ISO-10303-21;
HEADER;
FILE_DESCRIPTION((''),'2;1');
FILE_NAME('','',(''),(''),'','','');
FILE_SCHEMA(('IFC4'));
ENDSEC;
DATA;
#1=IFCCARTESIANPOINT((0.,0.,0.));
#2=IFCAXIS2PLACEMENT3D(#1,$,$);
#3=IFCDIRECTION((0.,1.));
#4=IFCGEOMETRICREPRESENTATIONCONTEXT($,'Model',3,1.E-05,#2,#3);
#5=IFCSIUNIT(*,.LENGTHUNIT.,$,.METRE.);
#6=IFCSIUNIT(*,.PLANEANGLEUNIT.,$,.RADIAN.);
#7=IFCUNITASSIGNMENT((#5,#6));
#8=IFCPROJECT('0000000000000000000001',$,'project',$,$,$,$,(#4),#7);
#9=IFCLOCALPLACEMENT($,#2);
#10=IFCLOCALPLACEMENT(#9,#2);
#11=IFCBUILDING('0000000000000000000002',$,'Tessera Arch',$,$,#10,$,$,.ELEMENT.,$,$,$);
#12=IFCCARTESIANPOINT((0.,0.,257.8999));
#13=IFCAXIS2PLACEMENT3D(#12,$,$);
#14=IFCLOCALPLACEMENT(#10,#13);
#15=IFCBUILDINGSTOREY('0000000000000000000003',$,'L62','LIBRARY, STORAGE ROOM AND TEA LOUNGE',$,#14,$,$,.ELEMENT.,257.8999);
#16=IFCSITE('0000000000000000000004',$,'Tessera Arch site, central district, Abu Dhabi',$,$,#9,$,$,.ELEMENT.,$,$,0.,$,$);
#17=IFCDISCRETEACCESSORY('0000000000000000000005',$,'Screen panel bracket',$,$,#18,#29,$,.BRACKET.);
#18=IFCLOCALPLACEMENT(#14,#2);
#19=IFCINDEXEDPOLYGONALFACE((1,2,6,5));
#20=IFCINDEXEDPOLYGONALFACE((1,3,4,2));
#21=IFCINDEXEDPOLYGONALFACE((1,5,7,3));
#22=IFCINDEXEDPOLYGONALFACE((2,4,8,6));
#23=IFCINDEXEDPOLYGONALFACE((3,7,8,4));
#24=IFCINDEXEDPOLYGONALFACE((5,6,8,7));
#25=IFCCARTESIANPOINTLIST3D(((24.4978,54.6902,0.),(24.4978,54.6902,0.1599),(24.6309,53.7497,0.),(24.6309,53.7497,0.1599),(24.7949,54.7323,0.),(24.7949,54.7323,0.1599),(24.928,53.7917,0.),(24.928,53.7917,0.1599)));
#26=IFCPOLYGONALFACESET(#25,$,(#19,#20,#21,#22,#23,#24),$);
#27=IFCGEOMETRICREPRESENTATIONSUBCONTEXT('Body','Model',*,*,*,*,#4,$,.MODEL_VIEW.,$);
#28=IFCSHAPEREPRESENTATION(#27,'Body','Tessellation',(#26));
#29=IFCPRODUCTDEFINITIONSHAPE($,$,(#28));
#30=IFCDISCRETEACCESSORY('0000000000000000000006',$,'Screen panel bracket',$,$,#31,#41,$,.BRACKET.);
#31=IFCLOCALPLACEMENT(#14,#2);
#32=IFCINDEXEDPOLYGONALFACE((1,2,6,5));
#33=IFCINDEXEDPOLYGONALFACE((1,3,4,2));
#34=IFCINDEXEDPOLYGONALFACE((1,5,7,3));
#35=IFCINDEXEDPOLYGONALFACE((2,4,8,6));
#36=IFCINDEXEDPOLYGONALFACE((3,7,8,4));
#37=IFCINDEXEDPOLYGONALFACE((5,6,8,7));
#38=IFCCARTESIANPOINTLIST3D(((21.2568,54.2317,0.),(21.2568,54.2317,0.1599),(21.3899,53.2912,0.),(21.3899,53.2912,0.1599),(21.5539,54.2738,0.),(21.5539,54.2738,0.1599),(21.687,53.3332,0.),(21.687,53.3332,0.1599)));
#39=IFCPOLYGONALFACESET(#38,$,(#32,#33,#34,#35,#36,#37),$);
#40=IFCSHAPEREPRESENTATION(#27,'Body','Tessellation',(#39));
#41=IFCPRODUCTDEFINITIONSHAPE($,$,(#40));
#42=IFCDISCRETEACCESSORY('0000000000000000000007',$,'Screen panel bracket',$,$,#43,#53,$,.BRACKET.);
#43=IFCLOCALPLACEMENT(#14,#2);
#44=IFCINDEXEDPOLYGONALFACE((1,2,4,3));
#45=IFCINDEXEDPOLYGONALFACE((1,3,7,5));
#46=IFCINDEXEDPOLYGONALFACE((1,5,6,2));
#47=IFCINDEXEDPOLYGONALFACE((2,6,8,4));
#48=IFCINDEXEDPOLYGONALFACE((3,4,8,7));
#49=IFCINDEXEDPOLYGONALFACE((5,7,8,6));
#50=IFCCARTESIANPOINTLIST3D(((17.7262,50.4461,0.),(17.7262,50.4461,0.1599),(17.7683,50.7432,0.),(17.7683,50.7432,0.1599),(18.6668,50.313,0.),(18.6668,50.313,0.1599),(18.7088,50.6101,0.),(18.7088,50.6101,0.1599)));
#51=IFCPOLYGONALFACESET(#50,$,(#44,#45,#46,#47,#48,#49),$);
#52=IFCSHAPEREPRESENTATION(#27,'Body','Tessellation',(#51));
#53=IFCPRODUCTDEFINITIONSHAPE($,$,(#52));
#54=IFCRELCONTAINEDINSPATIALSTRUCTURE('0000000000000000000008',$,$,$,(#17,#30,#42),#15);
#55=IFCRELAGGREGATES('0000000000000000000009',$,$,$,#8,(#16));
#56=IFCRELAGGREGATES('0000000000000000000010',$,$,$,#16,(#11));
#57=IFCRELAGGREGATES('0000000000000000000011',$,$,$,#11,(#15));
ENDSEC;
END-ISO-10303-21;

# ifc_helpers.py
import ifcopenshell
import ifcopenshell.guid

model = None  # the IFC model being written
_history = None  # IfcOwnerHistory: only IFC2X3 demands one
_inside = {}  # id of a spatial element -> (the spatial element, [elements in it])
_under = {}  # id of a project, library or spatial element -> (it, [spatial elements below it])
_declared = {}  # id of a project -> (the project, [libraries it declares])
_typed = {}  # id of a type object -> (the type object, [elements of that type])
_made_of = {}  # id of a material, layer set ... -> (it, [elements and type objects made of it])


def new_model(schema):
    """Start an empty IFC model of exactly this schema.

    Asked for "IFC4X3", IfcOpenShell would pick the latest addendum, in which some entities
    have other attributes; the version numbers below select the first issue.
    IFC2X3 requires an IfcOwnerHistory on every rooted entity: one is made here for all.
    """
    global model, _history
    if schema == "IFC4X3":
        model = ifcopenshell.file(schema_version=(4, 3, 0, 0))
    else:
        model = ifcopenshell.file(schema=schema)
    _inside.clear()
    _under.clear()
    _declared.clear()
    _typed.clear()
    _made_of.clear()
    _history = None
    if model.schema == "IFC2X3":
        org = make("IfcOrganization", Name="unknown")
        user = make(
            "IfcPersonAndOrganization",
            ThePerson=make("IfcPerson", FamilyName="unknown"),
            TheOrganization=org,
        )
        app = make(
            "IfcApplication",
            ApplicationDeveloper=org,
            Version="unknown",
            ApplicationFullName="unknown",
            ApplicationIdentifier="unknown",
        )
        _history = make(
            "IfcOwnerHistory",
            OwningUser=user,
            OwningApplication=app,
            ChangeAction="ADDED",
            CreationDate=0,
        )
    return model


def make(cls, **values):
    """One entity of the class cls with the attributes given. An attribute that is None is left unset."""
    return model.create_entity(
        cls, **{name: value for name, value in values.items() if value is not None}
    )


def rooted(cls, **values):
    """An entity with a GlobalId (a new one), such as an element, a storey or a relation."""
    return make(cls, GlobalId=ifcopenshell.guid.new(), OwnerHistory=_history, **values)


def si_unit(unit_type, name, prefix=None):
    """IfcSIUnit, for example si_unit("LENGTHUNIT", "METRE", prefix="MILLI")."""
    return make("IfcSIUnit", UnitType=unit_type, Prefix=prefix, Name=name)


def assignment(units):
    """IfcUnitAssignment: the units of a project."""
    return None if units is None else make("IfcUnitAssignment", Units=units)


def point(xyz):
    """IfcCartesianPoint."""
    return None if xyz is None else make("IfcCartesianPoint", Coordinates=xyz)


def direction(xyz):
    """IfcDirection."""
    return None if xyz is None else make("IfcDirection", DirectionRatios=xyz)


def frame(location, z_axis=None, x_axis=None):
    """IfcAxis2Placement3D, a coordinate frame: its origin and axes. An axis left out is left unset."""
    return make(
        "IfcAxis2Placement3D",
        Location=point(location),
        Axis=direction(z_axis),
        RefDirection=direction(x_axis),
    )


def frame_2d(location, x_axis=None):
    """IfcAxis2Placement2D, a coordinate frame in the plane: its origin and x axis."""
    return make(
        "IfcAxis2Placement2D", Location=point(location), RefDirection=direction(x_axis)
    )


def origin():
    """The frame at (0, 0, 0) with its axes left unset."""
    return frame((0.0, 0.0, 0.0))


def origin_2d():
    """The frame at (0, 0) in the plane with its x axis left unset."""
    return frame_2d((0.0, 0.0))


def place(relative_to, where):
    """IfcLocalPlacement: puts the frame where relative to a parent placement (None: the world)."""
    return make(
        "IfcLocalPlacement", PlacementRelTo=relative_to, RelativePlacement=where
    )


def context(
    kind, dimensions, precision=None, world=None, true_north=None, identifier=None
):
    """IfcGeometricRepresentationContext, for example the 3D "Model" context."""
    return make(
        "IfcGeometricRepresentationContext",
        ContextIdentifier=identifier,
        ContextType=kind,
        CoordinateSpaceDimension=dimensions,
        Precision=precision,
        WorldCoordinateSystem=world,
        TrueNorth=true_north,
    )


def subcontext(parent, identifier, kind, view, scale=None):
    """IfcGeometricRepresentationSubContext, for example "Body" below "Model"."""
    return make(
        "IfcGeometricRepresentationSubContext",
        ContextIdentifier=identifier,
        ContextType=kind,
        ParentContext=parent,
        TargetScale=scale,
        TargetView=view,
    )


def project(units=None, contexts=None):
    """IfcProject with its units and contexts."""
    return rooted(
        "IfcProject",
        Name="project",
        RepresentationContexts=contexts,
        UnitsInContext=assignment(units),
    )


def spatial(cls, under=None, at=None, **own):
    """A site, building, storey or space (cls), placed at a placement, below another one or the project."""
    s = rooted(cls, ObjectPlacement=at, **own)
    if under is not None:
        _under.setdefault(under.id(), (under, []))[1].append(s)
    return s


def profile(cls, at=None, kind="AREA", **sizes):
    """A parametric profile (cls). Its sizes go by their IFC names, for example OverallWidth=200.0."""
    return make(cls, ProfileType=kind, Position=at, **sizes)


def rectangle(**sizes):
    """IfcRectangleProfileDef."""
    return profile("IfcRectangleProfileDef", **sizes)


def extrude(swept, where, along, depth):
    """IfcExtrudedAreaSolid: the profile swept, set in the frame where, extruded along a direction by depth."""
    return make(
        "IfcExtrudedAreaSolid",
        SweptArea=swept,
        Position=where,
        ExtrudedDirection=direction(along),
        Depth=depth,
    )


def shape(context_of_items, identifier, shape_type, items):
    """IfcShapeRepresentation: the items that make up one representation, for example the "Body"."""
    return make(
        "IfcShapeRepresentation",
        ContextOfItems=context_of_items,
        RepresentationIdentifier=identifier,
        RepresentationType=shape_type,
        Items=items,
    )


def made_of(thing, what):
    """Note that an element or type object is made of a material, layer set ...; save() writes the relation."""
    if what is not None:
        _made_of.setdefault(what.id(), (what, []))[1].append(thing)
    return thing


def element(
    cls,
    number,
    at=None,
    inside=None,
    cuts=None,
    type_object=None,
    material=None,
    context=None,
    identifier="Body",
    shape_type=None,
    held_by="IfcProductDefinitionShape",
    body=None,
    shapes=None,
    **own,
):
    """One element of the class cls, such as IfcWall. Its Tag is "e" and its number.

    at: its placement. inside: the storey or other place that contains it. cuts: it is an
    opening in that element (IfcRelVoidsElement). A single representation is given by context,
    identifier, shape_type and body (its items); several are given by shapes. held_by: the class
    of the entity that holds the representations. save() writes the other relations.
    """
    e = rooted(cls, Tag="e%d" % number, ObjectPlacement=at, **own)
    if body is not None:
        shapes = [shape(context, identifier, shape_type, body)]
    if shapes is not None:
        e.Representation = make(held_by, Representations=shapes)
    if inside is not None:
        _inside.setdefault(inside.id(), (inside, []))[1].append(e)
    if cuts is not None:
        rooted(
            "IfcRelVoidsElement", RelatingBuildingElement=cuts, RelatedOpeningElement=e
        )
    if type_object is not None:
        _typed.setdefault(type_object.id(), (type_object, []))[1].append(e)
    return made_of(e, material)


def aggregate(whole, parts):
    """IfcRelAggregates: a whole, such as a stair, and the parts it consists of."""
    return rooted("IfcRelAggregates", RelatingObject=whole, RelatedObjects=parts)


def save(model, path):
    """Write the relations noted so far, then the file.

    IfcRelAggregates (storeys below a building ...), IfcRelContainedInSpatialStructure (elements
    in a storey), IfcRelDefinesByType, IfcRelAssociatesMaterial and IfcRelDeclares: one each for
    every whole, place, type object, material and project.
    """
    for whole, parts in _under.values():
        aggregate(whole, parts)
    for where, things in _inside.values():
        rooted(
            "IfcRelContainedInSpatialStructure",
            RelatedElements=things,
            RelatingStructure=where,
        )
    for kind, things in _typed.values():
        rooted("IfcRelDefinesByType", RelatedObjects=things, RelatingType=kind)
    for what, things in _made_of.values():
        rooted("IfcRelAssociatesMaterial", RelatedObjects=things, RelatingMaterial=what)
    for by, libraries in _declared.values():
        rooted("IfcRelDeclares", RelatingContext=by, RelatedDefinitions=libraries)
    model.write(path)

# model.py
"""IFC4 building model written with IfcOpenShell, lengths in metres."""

from ifc_helpers import new_model, si_unit, direction, frame, origin, origin_2d, place, context, subcontext, project, spatial, rectangle, extrude, element, save


model = new_model("IFC4")

# Units and contexts
model_context = context("Model", 3, precision=1e-05, world=origin(), true_north=direction((0.0, 1.0)))
body_context = subcontext(model_context, "Body", "Model", "MODEL_VIEW")
ifc_project = project(units=[si_unit("LENGTHUNIT", "METRE"), si_unit("PLANEANGLEUNIT", "RADIAN")], contexts=[model_context])

# Site, building, storey
site_placement = place(None, origin())
site = spatial("IfcSite", under=ifc_project, at=site_placement, Name="Tessera Arch site, central district, Abu Dhabi", CompositionType="ELEMENT", RefElevation=0.0)
building_placement = place(site_placement, origin())
building = spatial("IfcBuilding", under=site, at=building_placement, Name="Tessera Arch", CompositionType="ELEMENT")
storey_placement = place(building_placement, frame((0.0, 0.0, 257.8999)))
storey = spatial("IfcBuildingStorey", under=building, at=storey_placement, Name="L62", Description="LIBRARY, STORAGE ROOM AND TEA LOUNGE", CompositionType="ELEMENT", Elevation=257.8999)

# Discrete accessories
for number, where, z_axis, x_axis, name in (
    (1, (24.7129, 54.241, 0.0), (0.0, 0.0, 1.0), (-0.140089, 0.990139, 0.0), "Screen panel bracket"),
    (2, (21.4719, 53.7825, 0.0), (0.0, 0.0, 1.0), (-0.140089, 0.990139, 0.0), "Screen panel bracket"),
    (3, (18.2175, 50.5281, 0.0), (0.0, 0.0, 1.0), (-0.990139, 0.140089, 0.0), "Screen panel bracket"),
):
    element("IfcDiscreteAccessory", number, at=place(storey_placement, frame(where, z_axis=z_axis, x_axis=x_axis)), inside=storey, Name=name, PredefinedType="BRACKET", context=body_context, shape_type="SweptSolid", body=[
        extrude(rectangle(XDim=0.95, YDim=0.3, at=origin_2d()), origin(), (0.0, 0.0, 1.0), 0.1599),
    ])

save(model, "model.ifc")
